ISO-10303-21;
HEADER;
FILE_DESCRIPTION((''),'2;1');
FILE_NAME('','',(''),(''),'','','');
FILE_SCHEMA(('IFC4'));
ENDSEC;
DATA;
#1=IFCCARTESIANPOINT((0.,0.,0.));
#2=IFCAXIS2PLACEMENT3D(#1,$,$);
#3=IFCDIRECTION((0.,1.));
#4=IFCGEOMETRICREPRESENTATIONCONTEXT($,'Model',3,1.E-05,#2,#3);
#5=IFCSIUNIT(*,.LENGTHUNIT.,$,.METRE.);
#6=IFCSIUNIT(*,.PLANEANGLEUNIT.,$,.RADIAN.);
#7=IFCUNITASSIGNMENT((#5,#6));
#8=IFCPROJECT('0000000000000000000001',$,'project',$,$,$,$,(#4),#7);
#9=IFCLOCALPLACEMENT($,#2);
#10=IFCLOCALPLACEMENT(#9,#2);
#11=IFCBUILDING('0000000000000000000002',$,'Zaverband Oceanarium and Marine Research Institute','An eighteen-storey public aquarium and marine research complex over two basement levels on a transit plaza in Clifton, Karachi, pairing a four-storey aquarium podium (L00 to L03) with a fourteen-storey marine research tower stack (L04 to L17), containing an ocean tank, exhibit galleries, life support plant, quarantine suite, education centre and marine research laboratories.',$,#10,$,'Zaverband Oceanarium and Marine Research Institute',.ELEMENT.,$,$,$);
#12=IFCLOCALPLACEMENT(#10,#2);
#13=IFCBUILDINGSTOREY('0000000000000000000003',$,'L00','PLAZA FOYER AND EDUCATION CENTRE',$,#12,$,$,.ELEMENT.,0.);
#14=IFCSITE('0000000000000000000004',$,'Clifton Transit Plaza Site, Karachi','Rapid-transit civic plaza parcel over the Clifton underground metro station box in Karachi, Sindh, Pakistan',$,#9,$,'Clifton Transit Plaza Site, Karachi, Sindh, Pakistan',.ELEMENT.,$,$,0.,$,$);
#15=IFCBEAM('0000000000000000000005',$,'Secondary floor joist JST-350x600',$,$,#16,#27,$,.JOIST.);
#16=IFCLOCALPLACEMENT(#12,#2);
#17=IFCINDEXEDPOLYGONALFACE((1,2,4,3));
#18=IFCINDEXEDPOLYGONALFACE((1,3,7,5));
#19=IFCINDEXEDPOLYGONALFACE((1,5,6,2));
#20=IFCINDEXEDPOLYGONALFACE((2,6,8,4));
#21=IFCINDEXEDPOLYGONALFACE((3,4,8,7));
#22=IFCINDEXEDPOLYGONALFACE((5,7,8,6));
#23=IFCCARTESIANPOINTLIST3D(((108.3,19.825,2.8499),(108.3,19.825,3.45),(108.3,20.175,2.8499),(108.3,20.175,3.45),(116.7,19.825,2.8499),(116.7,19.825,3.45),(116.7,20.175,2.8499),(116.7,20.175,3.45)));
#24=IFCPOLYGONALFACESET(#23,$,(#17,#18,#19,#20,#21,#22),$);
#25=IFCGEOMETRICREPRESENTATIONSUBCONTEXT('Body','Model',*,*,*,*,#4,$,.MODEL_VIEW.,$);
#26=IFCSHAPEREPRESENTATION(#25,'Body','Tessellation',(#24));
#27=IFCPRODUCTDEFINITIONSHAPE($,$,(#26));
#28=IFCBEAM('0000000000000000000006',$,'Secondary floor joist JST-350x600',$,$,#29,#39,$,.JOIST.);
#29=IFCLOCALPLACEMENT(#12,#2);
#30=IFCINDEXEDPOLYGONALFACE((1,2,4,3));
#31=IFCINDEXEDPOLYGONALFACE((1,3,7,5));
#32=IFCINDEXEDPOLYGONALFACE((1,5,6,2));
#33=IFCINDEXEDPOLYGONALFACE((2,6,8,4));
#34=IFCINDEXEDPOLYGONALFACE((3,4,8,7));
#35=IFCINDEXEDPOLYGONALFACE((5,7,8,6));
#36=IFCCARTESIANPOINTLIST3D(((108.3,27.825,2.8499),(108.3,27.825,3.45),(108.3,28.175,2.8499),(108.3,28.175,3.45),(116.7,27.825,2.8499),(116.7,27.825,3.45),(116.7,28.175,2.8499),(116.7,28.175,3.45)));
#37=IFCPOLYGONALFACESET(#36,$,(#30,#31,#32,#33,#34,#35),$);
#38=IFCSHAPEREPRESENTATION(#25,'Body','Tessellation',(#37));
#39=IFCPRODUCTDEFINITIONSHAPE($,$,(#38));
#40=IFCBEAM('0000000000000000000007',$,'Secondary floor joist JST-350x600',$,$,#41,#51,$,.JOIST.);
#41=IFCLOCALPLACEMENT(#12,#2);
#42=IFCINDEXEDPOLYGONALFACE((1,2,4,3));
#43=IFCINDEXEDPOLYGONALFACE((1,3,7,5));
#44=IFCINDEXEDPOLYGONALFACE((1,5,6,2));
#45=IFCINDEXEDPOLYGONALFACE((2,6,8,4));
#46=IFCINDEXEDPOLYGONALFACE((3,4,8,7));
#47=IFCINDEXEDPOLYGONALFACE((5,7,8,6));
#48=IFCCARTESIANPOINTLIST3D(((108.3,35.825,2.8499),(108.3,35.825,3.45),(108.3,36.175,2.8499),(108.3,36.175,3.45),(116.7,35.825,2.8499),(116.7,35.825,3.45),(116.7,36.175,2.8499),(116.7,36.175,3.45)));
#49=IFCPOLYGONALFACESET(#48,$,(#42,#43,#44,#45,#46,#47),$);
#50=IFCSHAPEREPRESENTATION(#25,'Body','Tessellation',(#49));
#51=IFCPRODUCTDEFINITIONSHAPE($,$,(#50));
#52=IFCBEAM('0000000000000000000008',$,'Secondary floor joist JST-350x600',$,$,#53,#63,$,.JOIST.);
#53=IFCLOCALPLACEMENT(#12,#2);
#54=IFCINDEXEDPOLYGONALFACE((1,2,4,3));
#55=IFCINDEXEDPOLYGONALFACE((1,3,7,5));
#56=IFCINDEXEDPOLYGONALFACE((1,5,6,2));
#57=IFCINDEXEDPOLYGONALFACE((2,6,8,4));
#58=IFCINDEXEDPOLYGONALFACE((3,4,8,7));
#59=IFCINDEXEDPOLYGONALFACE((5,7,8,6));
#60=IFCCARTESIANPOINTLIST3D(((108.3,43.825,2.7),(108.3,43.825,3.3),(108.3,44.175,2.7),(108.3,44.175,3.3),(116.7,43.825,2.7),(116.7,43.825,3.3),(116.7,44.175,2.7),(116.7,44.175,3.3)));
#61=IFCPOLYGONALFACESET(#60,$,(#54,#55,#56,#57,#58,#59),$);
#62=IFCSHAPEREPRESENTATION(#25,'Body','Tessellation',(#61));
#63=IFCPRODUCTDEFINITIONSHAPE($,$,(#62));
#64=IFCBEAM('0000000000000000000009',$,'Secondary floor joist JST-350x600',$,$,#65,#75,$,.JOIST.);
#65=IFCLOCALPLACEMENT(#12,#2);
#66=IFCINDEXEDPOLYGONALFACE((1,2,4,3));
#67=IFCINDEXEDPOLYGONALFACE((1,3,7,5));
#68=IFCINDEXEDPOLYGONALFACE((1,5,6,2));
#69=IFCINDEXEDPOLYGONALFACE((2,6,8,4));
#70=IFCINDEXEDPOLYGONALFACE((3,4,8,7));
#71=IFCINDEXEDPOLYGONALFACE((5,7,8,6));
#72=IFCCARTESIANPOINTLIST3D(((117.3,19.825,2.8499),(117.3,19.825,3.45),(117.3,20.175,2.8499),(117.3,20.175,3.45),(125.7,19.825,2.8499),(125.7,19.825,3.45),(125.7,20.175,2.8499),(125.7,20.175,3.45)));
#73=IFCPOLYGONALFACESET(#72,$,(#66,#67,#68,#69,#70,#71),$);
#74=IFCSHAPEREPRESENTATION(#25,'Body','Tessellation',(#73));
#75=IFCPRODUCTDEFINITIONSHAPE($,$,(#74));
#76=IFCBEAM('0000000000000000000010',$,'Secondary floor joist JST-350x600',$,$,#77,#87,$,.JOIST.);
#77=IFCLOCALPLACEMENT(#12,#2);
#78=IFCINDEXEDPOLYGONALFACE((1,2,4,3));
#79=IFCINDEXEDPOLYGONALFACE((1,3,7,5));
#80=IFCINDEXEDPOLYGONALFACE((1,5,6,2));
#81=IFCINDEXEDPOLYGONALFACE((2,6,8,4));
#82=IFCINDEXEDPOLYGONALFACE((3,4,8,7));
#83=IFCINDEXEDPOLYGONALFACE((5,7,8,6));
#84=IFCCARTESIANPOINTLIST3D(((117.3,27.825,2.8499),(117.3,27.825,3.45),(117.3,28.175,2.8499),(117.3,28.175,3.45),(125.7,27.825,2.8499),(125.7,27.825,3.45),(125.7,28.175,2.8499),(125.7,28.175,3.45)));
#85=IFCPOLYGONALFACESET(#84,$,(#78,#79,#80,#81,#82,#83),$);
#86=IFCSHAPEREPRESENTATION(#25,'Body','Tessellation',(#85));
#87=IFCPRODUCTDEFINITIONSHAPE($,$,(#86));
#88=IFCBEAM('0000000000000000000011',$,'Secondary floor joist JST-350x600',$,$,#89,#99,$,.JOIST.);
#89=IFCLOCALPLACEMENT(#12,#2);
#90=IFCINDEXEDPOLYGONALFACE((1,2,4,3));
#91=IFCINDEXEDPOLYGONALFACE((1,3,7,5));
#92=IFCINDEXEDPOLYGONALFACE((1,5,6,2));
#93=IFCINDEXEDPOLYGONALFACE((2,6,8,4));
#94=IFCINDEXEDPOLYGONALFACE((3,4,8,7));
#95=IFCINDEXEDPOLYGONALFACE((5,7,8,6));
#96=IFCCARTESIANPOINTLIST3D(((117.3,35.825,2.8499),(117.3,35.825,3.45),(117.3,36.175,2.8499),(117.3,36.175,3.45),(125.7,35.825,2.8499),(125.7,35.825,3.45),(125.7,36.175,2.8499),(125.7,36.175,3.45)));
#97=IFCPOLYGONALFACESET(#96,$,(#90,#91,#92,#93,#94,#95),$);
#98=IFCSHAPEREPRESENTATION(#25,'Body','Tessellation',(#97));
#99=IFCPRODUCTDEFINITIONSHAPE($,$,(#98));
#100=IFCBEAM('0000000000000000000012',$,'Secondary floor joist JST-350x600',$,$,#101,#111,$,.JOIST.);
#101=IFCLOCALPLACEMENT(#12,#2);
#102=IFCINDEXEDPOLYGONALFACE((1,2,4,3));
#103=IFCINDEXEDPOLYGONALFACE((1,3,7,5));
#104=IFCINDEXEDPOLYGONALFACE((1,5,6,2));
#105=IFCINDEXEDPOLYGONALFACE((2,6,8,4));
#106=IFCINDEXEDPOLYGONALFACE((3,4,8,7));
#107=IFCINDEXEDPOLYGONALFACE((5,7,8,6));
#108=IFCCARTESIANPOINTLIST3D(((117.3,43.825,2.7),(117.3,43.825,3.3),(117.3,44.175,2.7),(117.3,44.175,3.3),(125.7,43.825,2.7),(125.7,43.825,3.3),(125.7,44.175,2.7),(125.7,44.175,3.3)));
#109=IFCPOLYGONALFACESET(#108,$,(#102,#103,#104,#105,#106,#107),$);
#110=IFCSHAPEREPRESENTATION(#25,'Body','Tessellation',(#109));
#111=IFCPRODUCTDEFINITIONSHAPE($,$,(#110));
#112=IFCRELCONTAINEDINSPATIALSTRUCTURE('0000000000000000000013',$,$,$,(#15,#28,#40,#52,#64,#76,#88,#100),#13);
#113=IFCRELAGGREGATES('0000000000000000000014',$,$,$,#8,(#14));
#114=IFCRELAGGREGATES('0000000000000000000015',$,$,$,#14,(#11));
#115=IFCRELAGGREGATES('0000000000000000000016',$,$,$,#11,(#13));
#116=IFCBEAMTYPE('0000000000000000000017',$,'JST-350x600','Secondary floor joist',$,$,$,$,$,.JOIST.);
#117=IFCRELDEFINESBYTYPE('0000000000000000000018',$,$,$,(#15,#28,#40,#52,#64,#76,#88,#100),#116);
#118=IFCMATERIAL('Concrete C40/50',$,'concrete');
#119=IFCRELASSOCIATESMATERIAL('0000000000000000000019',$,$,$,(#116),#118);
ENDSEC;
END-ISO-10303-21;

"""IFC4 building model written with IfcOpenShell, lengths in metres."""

from ifc_helpers import new_model, si_unit, direction, frame, origin, origin_2d, place, context, subcontext, project, spatial, rectangle, extrude, material, material_profile, profile_set, type_object, element, save


model = new_model("IFC4")

# Units and contexts
model_context = context("Model", 3, precision=1e-05, world=origin(), true_north=direction((0.0, 1.0)))
body_context = subcontext(model_context, "Body", "Model", "MODEL_VIEW")
ifc_project = project(units=[si_unit("LENGTHUNIT", "METRE"), si_unit("PLANEANGLEUNIT", "RADIAN")], contexts=[model_context])

# Site, building, storey
site_placement = place(None, origin())
site = spatial("IfcSite", under=ifc_project, at=site_placement, Name="Clifton Transit Plaza Site, Karachi", Description="Rapid-transit civic plaza parcel over the Clifton underground metro station box in Karachi, Sindh, Pakistan", LongName="Clifton Transit Plaza Site, Karachi, Sindh, Pakistan", CompositionType="ELEMENT", RefElevation=0.0)
building_placement = place(site_placement, origin())
building = spatial("IfcBuilding", under=site, at=building_placement, Name="Zaverband Oceanarium and Marine Research Institute", Description="An eighteen-storey public aquarium and marine research complex over two basement levels on a transit plaza in Clifton, Karachi, pairing a four-storey aquarium podium (L00 to L03) with a fourteen-storey marine research tower stack (L04 to L17), containing an ocean tank, exhibit galleries, life support plant, quarantine suite, education centre and marine research laboratories.", LongName="Zaverband Oceanarium and Marine Research Institute", CompositionType="ELEMENT")
storey_placement = place(building_placement, origin())
storey = spatial("IfcBuildingStorey", under=building, at=storey_placement, Name="L00", Description="PLAZA FOYER AND EDUCATION CENTRE", CompositionType="ELEMENT", Elevation=0.0)

# Beams
ifc_material_1 = material(Name="Concrete C40/50", Category="concrete")
ifc_material_profile_1 = material_profile(ifc_material_1, rectangle(XDim=0.3501, YDim=0.6001, at=origin_2d()), Name="RC350x600")
ifc_profile_set_1 = profile_set([ifc_material_profile_1], Name="Concrete C40/50")
beam_type_1 = type_object("IfcBeamType", Name="JST-350x600", Description="Secondary floor joist", PredefinedType="JOIST", material=ifc_profile_set_1)
for number, where, z_axis, x_axis, name in (
    (1, (108.3, 20.0, 3.1499), (1.0, 0.0, 0.0), (0.0, 1.0, 0.0), "Secondary floor joist JST-350x600"),
    (2, (108.3, 28.0, 3.1499), (1.0, 0.0, 0.0), (0.0, 1.0, 0.0), "Secondary floor joist JST-350x600"),
    (3, (108.3, 36.0, 3.1499), (1.0, 0.0, 0.0), (0.0, 1.0, 0.0), "Secondary floor joist JST-350x600"),
    (4, (108.3, 44.0, 3.0), (1.0, 0.0, 0.0), (0.0, 1.0, 0.0), "Secondary floor joist JST-350x600"),
    (5, (117.3, 20.0, 3.1499), (1.0, 0.0, 0.0), (0.0, 1.0, 0.0), "Secondary floor joist JST-350x600"),
    (6, (117.3, 28.0, 3.1499), (1.0, 0.0, 0.0), (0.0, 1.0, 0.0), "Secondary floor joist JST-350x600"),
    (7, (117.3, 36.0, 3.1499), (1.0, 0.0, 0.0), (0.0, 1.0, 0.0), "Secondary floor joist JST-350x600"),
    (8, (117.3, 44.0, 3.0), (1.0, 0.0, 0.0), (0.0, 1.0, 0.0), "Secondary floor joist JST-350x600"),
):
    element("IfcBeam", number, at=place(storey_placement, frame(where, z_axis=z_axis, x_axis=x_axis)), inside=storey, type_object=beam_type_1, Name=name, PredefinedType="JOIST", context=body_context, shape_type="SweptSolid", body=[
        extrude(rectangle(XDim=0.3501, YDim=0.6001, at=origin_2d()), origin(), (0.0, 0.0, 1.0), 8.3999),
    ])

save(model, "model.ifc")
